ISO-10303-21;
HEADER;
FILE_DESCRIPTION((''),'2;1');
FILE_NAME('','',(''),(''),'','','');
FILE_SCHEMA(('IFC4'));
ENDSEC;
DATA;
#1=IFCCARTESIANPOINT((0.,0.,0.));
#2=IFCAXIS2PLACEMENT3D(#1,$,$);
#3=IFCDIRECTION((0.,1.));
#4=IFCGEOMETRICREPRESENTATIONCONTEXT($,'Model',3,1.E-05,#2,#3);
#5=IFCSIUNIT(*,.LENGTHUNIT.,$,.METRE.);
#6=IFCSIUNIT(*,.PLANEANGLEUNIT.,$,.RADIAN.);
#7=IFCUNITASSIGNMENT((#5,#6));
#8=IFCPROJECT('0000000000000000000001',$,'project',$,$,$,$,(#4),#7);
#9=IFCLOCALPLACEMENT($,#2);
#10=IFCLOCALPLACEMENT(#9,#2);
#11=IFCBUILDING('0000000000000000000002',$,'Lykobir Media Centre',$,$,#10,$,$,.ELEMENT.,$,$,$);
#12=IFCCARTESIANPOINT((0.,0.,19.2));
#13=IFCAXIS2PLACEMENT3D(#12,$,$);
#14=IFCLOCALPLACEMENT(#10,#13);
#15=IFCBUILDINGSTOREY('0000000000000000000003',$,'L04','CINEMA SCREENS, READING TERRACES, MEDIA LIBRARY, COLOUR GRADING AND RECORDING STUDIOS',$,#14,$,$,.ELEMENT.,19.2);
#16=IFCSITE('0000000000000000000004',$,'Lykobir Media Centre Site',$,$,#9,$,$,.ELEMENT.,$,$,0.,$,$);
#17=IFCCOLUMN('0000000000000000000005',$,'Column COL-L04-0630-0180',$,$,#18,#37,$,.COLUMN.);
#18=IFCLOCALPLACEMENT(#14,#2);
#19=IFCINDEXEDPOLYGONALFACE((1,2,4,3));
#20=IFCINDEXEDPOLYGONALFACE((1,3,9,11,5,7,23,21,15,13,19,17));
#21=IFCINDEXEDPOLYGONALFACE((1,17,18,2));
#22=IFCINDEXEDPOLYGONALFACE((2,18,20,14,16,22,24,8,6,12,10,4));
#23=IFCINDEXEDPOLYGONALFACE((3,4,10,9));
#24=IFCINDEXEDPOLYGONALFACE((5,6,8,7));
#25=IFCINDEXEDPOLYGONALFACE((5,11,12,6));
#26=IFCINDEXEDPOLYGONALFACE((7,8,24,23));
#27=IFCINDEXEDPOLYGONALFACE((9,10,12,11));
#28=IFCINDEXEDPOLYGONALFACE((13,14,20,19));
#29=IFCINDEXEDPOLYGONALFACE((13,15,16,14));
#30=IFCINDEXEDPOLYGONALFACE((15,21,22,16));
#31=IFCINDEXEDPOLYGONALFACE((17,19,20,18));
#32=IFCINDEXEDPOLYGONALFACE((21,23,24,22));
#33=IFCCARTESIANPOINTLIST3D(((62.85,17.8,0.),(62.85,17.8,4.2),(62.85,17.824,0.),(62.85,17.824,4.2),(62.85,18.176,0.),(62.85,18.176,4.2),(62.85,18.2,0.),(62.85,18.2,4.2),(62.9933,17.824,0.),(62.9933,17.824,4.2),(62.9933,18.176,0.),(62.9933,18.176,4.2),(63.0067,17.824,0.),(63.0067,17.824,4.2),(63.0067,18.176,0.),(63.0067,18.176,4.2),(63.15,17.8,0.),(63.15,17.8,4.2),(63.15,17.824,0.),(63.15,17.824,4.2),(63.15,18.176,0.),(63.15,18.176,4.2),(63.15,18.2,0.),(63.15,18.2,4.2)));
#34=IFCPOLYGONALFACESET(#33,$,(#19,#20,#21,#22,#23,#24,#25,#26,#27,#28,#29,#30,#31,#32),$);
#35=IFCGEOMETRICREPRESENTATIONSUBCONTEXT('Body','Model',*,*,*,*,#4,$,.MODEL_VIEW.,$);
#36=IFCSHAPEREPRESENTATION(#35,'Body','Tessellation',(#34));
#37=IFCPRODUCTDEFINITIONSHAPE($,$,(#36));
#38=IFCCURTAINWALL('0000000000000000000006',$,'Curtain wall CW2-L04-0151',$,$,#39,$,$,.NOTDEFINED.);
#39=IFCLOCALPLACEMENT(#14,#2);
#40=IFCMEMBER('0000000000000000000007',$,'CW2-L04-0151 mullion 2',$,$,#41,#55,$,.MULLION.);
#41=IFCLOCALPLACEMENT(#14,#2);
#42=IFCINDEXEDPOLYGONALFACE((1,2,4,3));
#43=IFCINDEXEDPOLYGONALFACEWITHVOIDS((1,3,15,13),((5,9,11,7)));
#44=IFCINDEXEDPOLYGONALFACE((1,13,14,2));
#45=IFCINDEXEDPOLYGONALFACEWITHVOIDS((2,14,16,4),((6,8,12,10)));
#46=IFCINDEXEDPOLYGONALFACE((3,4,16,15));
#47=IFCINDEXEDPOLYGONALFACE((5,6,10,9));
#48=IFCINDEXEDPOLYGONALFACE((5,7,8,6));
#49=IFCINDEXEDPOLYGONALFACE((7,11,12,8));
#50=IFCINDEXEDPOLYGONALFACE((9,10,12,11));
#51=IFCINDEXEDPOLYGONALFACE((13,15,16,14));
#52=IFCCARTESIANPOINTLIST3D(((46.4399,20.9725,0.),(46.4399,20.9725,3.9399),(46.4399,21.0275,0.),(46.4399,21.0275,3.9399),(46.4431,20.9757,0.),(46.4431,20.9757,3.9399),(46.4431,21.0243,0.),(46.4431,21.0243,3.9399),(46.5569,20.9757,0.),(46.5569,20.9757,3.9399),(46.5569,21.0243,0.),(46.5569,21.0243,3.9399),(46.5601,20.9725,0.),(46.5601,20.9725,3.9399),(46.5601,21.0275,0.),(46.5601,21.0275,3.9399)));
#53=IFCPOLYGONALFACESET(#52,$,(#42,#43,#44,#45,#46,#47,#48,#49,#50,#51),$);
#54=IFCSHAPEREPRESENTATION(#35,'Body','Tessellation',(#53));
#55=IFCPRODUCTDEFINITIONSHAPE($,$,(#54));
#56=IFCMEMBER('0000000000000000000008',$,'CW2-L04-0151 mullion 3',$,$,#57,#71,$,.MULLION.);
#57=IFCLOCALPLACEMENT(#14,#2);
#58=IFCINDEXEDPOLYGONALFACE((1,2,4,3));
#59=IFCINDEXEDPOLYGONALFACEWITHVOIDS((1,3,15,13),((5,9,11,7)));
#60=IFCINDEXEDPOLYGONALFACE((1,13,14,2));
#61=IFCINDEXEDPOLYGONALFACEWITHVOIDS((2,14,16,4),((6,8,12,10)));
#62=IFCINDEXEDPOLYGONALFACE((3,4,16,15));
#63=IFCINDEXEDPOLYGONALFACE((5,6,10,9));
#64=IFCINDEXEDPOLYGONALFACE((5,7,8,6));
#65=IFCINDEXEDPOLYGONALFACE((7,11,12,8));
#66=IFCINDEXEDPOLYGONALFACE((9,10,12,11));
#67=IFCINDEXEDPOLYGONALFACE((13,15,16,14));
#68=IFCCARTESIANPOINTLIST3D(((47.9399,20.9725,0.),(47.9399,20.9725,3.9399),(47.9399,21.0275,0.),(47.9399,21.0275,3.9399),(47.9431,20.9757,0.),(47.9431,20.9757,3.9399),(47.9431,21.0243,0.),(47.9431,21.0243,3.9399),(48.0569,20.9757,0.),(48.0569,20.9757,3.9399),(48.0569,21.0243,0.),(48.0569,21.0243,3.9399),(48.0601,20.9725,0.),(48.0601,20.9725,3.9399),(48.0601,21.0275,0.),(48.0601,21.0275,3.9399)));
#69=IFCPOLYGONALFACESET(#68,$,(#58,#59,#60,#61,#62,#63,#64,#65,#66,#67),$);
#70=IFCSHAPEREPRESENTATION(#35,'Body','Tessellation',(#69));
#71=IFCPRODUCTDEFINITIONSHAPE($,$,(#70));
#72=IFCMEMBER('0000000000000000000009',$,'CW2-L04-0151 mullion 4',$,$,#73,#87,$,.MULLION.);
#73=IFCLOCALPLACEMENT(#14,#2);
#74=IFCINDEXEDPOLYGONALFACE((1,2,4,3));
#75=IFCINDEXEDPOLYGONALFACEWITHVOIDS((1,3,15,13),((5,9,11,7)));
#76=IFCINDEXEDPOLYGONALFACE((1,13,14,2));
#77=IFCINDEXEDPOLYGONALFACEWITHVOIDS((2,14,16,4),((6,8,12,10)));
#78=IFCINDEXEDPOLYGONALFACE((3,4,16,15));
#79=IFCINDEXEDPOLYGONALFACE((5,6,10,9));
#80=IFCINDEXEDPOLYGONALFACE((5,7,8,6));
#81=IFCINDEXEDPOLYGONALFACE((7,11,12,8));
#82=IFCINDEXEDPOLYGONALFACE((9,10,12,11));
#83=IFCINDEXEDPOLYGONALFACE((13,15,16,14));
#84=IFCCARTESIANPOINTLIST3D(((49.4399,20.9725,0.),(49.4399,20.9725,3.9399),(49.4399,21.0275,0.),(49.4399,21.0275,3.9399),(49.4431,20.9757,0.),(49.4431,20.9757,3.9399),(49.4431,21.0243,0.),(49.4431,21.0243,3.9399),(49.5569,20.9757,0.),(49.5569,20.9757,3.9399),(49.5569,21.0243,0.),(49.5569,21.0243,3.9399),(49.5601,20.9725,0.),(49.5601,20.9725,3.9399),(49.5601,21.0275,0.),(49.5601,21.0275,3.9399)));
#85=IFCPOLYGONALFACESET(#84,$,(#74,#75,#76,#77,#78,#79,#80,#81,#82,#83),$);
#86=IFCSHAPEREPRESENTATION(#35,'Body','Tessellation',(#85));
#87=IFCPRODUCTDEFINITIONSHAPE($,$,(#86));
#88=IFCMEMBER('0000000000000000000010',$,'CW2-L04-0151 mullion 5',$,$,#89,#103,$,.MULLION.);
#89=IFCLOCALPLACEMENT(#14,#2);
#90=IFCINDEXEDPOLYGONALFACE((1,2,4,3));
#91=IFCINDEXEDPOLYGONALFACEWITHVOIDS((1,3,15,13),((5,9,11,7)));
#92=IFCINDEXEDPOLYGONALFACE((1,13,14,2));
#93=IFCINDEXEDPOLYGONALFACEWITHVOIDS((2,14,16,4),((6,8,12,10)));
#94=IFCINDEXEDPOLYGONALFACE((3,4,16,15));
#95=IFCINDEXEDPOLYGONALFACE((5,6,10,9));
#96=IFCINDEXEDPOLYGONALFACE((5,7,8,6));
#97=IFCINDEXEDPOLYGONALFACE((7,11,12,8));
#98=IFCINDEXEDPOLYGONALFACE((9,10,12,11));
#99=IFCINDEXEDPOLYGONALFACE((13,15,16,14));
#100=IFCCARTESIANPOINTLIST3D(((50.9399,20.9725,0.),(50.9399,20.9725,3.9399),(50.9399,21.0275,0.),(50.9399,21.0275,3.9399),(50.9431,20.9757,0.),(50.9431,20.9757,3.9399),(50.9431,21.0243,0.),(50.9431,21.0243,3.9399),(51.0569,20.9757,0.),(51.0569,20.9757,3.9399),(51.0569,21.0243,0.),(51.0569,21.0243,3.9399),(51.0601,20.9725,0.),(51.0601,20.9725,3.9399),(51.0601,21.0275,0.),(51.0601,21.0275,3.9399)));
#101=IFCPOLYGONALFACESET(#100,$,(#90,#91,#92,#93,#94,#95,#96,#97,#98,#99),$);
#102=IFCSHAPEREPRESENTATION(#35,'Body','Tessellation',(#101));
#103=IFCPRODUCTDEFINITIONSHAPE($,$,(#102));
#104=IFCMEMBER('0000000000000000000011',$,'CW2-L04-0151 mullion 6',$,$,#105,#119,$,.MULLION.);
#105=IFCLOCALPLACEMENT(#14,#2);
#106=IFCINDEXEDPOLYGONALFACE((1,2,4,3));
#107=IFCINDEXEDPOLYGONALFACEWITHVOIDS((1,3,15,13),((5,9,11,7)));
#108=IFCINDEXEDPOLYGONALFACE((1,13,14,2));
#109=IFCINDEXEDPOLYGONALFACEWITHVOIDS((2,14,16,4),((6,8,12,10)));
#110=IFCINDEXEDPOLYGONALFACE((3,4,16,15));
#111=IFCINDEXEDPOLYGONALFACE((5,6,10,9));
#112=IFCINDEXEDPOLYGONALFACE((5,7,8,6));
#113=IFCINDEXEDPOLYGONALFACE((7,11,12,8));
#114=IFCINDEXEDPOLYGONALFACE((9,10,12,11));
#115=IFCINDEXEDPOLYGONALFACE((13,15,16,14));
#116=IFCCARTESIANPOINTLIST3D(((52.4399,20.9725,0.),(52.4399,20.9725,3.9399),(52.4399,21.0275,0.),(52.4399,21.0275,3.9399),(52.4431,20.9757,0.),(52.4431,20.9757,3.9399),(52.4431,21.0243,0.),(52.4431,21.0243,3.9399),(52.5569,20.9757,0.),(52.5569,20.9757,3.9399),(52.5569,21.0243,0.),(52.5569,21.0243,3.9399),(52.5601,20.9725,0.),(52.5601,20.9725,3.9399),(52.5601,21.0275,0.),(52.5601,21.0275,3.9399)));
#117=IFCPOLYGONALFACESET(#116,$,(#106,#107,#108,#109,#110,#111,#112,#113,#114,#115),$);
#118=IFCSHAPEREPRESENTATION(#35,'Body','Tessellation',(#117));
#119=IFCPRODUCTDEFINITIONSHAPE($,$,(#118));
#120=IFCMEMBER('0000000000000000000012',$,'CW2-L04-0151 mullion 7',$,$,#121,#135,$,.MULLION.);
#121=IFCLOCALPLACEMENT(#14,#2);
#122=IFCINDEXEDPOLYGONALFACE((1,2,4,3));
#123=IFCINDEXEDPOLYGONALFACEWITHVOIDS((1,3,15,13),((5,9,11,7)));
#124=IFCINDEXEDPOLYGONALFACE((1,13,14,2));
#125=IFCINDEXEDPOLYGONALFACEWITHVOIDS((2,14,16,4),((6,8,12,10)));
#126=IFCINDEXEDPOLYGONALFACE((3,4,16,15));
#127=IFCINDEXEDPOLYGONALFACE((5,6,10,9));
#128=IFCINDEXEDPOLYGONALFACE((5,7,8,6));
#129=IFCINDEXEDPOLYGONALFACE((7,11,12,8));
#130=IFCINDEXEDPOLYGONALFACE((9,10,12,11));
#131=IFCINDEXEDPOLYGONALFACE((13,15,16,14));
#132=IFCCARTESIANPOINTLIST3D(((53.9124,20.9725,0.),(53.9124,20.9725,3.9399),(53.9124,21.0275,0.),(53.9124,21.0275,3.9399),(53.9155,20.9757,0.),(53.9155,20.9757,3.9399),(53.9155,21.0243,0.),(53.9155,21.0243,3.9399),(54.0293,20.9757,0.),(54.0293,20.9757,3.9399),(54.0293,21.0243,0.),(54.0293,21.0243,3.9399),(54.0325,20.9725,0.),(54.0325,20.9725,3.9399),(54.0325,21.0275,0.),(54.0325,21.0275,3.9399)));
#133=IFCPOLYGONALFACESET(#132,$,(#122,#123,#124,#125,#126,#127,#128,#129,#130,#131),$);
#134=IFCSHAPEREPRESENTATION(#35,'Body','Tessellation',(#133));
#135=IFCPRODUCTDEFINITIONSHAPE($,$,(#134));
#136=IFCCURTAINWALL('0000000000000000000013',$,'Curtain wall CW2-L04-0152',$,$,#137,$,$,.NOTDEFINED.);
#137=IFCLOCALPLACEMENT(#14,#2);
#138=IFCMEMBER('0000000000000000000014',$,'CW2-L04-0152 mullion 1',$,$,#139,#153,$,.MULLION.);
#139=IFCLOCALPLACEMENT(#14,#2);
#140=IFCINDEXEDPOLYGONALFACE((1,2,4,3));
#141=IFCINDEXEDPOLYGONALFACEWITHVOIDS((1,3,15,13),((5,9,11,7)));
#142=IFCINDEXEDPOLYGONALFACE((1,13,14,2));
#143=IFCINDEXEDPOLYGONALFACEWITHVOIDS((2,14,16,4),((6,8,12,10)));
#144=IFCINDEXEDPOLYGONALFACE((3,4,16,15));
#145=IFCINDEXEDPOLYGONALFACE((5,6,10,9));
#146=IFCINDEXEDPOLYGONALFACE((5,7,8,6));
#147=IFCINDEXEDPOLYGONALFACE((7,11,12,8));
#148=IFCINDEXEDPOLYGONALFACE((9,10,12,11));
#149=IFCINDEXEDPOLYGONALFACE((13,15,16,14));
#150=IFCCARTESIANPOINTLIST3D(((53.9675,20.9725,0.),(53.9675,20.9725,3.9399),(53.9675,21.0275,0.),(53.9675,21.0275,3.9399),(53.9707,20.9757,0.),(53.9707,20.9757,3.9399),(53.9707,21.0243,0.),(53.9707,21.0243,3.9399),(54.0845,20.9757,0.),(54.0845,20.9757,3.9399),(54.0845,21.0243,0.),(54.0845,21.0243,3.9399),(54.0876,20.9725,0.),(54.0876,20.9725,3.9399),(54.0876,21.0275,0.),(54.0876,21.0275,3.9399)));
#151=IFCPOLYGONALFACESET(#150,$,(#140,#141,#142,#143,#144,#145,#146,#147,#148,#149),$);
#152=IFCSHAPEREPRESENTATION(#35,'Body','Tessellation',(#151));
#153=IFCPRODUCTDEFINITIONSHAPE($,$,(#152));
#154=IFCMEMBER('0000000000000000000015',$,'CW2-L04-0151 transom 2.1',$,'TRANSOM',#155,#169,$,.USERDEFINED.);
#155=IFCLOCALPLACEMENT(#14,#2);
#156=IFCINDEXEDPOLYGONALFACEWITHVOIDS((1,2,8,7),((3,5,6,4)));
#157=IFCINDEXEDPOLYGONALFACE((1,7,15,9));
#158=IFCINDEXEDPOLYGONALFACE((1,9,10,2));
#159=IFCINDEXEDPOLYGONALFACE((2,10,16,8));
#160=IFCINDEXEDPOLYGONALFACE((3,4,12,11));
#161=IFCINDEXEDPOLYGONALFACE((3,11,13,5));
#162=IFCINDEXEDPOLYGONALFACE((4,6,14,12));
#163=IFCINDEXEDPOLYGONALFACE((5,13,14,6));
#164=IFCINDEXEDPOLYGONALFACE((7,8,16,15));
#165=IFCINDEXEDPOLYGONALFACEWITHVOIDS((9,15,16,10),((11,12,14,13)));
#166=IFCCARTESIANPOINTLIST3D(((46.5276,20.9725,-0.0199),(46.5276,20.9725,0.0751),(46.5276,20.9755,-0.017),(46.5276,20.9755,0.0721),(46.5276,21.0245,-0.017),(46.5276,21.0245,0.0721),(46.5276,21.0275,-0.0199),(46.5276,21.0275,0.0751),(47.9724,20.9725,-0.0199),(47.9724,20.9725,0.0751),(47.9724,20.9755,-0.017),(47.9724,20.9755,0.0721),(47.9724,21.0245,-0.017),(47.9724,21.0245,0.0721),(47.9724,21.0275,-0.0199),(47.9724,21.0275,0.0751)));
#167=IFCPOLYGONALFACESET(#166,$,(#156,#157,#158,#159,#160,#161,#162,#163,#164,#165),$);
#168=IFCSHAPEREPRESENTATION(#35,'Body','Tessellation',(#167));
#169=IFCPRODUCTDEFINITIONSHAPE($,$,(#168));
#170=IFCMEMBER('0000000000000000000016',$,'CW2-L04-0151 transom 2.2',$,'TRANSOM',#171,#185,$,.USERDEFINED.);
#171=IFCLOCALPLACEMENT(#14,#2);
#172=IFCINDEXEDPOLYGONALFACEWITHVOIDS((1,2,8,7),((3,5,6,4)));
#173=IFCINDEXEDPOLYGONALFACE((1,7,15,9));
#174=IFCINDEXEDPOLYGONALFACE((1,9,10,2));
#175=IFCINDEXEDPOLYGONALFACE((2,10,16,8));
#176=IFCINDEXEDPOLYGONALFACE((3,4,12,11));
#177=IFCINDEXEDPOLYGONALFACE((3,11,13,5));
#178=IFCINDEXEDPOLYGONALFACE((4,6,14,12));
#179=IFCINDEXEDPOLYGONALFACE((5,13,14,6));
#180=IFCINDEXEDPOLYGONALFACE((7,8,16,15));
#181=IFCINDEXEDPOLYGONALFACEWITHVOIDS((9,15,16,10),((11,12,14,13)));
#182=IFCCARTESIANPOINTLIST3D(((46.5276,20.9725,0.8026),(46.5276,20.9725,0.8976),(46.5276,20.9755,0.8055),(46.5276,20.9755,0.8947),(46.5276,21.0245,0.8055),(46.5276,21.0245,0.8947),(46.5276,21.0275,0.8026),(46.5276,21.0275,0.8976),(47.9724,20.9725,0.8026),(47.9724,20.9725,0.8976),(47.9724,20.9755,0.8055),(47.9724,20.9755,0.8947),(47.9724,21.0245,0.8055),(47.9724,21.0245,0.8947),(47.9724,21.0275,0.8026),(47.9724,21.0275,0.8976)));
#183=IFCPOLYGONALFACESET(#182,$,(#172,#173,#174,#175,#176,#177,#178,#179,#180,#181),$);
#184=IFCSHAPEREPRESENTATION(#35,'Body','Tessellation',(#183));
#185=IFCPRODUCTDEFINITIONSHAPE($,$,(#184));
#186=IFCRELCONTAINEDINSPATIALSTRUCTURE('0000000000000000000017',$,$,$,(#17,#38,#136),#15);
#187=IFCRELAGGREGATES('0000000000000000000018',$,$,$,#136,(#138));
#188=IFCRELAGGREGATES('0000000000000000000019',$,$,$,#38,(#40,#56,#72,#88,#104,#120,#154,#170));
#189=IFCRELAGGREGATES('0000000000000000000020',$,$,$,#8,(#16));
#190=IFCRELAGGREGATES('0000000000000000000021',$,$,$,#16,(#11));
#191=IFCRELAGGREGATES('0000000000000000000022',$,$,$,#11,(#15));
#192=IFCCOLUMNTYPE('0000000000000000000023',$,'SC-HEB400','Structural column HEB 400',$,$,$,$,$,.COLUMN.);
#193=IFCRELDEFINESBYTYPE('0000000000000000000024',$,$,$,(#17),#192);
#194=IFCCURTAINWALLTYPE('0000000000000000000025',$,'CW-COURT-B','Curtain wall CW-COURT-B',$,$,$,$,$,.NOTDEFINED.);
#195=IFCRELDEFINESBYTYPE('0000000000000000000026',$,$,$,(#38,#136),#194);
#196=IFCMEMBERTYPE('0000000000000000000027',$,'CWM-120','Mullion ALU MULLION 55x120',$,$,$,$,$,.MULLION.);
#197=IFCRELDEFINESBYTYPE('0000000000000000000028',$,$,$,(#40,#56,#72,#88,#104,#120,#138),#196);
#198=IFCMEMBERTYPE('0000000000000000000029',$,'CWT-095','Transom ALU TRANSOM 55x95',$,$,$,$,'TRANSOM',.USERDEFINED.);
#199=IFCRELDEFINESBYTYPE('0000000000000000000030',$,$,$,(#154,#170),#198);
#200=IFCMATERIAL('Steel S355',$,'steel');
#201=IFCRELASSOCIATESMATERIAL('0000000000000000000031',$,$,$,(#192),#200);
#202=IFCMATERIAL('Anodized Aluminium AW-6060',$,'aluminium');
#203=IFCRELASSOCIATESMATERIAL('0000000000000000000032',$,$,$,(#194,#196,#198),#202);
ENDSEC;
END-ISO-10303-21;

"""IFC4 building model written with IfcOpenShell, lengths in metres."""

from ifc_helpers import new_model, si_unit, direction, frame, origin, origin_2d, place, context, subcontext, project, spatial, hollow_rectangle, i_section, extrude, material, material_profile, profile_set, type_object, element, aggregate, save


model = new_model("IFC4")

# Units and contexts
model_context = context("Model", 3, precision=1e-05, world=origin(), true_north=direction((0.0, 1.0)))
body_context = subcontext(model_context, "Body", "Model", "MODEL_VIEW")
ifc_project = project(units=[si_unit("LENGTHUNIT", "METRE"), si_unit("PLANEANGLEUNIT", "RADIAN")], contexts=[model_context])

# Site, building, storey
site_placement = place(None, origin())
site = spatial("IfcSite", under=ifc_project, at=site_placement, Name="Lykobir Media Centre Site", CompositionType="ELEMENT", RefElevation=0.0)
building_placement = place(site_placement, origin())
building = spatial("IfcBuilding", under=site, at=building_placement, Name="Lykobir Media Centre", CompositionType="ELEMENT")
storey_placement = place(building_placement, frame((0.0, 0.0, 19.2)))
storey = spatial("IfcBuildingStorey", under=building, at=storey_placement, Name="L04", Description="CINEMA SCREENS, READING TERRACES, MEDIA LIBRARY, COLOUR GRADING AND RECORDING STUDIOS", CompositionType="ELEMENT", Elevation=19.2)

# Column
ifc_material_1 = material(Name="Steel S355", Category="steel")
ifc_material_profile_1 = material_profile(ifc_material_1, i_section(OverallWidth=0.3, OverallDepth=0.3999, WebThickness=0.0134, FlangeThickness=0.0239, at=origin_2d()), Name="HEB 400")
ifc_profile_set_1 = profile_set([ifc_material_profile_1], Name="Steel S355")
column_type = type_object("IfcColumnType", Name="SC-HEB400", Description="Structural column HEB 400", PredefinedType="COLUMN", material=ifc_profile_set_1)
column_placement = place(storey_placement, frame((63.0, 18.0, 0.0), z_axis=(0.0, 0.0, 1.0), x_axis=(1.0, 0.0, 0.0)))
element("IfcColumn", 1, at=column_placement, inside=storey, type_object=column_type, Name="Column COL-L04-0630-0180", PredefinedType="COLUMN", context=body_context, shape_type="SweptSolid", body=[
    extrude(i_section(OverallWidth=0.3, OverallDepth=0.3999, WebThickness=0.0134, FlangeThickness=0.0239, at=origin_2d()), origin(), (0.0, 0.0, 1.0), 4.2),
])

# Curtain wall, members
ifc_material_2 = material(Name="Anodized Aluminium AW-6060", Category="aluminium")
curtain_wall_type = type_object("IfcCurtainWallType", Name="CW-COURT-B", Description="Curtain wall CW-COURT-B", PredefinedType="NOTDEFINED", material=ifc_material_2)
curtain_wall_1_placement = place(storey_placement, origin())
curtain_wall_1 = element("IfcCurtainWall", 2, at=curtain_wall_1_placement, inside=storey, type_object=curtain_wall_type, Name="Curtain wall CW2-L04-0151", PredefinedType="NOTDEFINED")
ifc_material_profile_2 = material_profile(ifc_material_2, hollow_rectangle(XDim=0.0549, YDim=0.1201, WallThickness=0.0032, at=origin_2d()), Name="ALU MULLION 55x120")
ifc_profile_set_2 = profile_set([ifc_material_profile_2], Name="Anodized Aluminium AW-6060")
member_type_1 = type_object("IfcMemberType", Name="CWM-120", Description="Mullion ALU MULLION 55x120", PredefinedType="MULLION", material=ifc_profile_set_2)
member_1_placement = place(storey_placement, frame((46.5, 21.0, 0.0), z_axis=(0.0, 0.0, 1.0), x_axis=(0.0, 1.0, 0.0)))
member_1 = element("IfcMember", 3, at=member_1_placement, type_object=member_type_1, Name="CW2-L04-0151 mullion 2", PredefinedType="MULLION", context=body_context, shape_type="SweptSolid", body=[
    extrude(hollow_rectangle(XDim=0.0549, YDim=0.1201, WallThickness=0.0032, at=origin_2d()), origin(), (0.0, 0.0, 1.0), 3.9399),
])
member_2_placement = place(storey_placement, frame((48.0, 21.0, 0.0), z_axis=(0.0, 0.0, 1.0), x_axis=(0.0, 1.0, 0.0)))
member_2 = element("IfcMember", 4, at=member_2_placement, type_object=member_type_1, Name="CW2-L04-0151 mullion 3", PredefinedType="MULLION", context=body_context, shape_type="SweptSolid", body=[
    extrude(hollow_rectangle(XDim=0.0549, YDim=0.1201, WallThickness=0.0032, at=origin_2d()), origin(), (0.0, 0.0, 1.0), 3.9399),
])
member_3_placement = place(storey_placement, frame((49.5, 21.0, 0.0), z_axis=(0.0, 0.0, 1.0), x_axis=(0.0, 1.0, 0.0)))
member_3 = element("IfcMember", 5, at=member_3_placement, type_object=member_type_1, Name="CW2-L04-0151 mullion 4", PredefinedType="MULLION", context=body_context, shape_type="SweptSolid", body=[
    extrude(hollow_rectangle(XDim=0.0549, YDim=0.1201, WallThickness=0.0032, at=origin_2d()), origin(), (0.0, 0.0, 1.0), 3.9399),
])
member_4_placement = place(storey_placement, frame((51.0, 21.0, 0.0), z_axis=(0.0, 0.0, 1.0), x_axis=(0.0, 1.0, 0.0)))
member_4 = element("IfcMember", 6, at=member_4_placement, type_object=member_type_1, Name="CW2-L04-0151 mullion 5", PredefinedType="MULLION", context=body_context, shape_type="SweptSolid", body=[
    extrude(hollow_rectangle(XDim=0.0549, YDim=0.1201, WallThickness=0.0032, at=origin_2d()), origin(), (0.0, 0.0, 1.0), 3.9399),
])
member_5_placement = place(storey_placement, frame((52.5, 21.0, 0.0), z_axis=(0.0, 0.0, 1.0), x_axis=(0.0, 1.0, 0.0)))
member_5 = element("IfcMember", 7, at=member_5_placement, type_object=member_type_1, Name="CW2-L04-0151 mullion 6", PredefinedType="MULLION", context=body_context, shape_type="SweptSolid", body=[
    extrude(hollow_rectangle(XDim=0.0549, YDim=0.1201, WallThickness=0.0032, at=origin_2d()), origin(), (0.0, 0.0, 1.0), 3.9399),
])
member_6_placement = place(storey_placement, frame((53.9724, 21.0, 0.0), z_axis=(0.0, 0.0, 1.0), x_axis=(0.0, 1.0, 0.0)))
member_6 = element("IfcMember", 8, at=member_6_placement, type_object=member_type_1, Name="CW2-L04-0151 mullion 7", PredefinedType="MULLION", context=body_context, shape_type="SweptSolid", body=[
    extrude(hollow_rectangle(XDim=0.0549, YDim=0.1201, WallThickness=0.0032, at=origin_2d()), origin(), (0.0, 0.0, 1.0), 3.9399),
])

# Curtain wall, member
curtain_wall_2_placement = place(storey_placement, origin())
curtain_wall_2 = element("IfcCurtainWall", 9, at=curtain_wall_2_placement, inside=storey, type_object=curtain_wall_type, Name="Curtain wall CW2-L04-0152", PredefinedType="NOTDEFINED")
member_7_placement = place(storey_placement, frame((54.0276, 21.0, 0.0), z_axis=(0.0, 0.0, 1.0), x_axis=(0.0, 1.0, 0.0)))
member_7 = element("IfcMember", 10, at=member_7_placement, type_object=member_type_1, Name="CW2-L04-0152 mullion 1", PredefinedType="MULLION", context=body_context, shape_type="SweptSolid", body=[
    extrude(hollow_rectangle(XDim=0.0549, YDim=0.1201, WallThickness=0.0032, at=origin_2d()), origin(), (0.0, 0.0, 1.0), 3.9399),
])

# Members
ifc_material_profile_3 = material_profile(ifc_material_2, hollow_rectangle(XDim=0.0549, YDim=0.095, WallThickness=0.0029, at=origin_2d()), Name="ALU TRANSOM 55x95")
ifc_profile_set_3 = profile_set([ifc_material_profile_3], Name="Anodized Aluminium AW-6060")
member_type_2 = type_object("IfcMemberType", Name="CWT-095", Description="Transom ALU TRANSOM 55x95", ElementType="TRANSOM", PredefinedType="USERDEFINED", material=ifc_profile_set_3)
member_8_placement = place(storey_placement, frame((46.5276, 21.0, 0.0276), z_axis=(1.0, 0.0, 0.0), x_axis=(0.0, 1.0, 0.0)))
member_8 = element("IfcMember", 11, at=member_8_placement, type_object=member_type_2, Name="CW2-L04-0151 transom 2.1", ObjectType="TRANSOM", PredefinedType="USERDEFINED", context=body_context, shape_type="SweptSolid", body=[
    extrude(hollow_rectangle(XDim=0.0549, YDim=0.095, WallThickness=0.0029, at=origin_2d()), origin(), (0.0, 0.0, 1.0), 1.4448),
])
member_9_placement = place(storey_placement, frame((46.5276, 21.0, 0.8501), z_axis=(1.0, 0.0, 0.0), x_axis=(0.0, 1.0, 0.0)))
member_9 = element("IfcMember", 12, at=member_9_placement, type_object=member_type_2, Name="CW2-L04-0151 transom 2.2", ObjectType="TRANSOM", PredefinedType="USERDEFINED", context=body_context, shape_type="SweptSolid", body=[
    extrude(hollow_rectangle(XDim=0.0549, YDim=0.095, WallThickness=0.0029, at=origin_2d()), origin(), (0.0, 0.0, 1.0), 1.4448),
])
aggregate(curtain_wall_2, [member_7])

aggregate(curtain_wall_1, [member_1, member_2, member_3, member_4, member_5, member_6, member_8, member_9])

save(model, "model.ifc")
